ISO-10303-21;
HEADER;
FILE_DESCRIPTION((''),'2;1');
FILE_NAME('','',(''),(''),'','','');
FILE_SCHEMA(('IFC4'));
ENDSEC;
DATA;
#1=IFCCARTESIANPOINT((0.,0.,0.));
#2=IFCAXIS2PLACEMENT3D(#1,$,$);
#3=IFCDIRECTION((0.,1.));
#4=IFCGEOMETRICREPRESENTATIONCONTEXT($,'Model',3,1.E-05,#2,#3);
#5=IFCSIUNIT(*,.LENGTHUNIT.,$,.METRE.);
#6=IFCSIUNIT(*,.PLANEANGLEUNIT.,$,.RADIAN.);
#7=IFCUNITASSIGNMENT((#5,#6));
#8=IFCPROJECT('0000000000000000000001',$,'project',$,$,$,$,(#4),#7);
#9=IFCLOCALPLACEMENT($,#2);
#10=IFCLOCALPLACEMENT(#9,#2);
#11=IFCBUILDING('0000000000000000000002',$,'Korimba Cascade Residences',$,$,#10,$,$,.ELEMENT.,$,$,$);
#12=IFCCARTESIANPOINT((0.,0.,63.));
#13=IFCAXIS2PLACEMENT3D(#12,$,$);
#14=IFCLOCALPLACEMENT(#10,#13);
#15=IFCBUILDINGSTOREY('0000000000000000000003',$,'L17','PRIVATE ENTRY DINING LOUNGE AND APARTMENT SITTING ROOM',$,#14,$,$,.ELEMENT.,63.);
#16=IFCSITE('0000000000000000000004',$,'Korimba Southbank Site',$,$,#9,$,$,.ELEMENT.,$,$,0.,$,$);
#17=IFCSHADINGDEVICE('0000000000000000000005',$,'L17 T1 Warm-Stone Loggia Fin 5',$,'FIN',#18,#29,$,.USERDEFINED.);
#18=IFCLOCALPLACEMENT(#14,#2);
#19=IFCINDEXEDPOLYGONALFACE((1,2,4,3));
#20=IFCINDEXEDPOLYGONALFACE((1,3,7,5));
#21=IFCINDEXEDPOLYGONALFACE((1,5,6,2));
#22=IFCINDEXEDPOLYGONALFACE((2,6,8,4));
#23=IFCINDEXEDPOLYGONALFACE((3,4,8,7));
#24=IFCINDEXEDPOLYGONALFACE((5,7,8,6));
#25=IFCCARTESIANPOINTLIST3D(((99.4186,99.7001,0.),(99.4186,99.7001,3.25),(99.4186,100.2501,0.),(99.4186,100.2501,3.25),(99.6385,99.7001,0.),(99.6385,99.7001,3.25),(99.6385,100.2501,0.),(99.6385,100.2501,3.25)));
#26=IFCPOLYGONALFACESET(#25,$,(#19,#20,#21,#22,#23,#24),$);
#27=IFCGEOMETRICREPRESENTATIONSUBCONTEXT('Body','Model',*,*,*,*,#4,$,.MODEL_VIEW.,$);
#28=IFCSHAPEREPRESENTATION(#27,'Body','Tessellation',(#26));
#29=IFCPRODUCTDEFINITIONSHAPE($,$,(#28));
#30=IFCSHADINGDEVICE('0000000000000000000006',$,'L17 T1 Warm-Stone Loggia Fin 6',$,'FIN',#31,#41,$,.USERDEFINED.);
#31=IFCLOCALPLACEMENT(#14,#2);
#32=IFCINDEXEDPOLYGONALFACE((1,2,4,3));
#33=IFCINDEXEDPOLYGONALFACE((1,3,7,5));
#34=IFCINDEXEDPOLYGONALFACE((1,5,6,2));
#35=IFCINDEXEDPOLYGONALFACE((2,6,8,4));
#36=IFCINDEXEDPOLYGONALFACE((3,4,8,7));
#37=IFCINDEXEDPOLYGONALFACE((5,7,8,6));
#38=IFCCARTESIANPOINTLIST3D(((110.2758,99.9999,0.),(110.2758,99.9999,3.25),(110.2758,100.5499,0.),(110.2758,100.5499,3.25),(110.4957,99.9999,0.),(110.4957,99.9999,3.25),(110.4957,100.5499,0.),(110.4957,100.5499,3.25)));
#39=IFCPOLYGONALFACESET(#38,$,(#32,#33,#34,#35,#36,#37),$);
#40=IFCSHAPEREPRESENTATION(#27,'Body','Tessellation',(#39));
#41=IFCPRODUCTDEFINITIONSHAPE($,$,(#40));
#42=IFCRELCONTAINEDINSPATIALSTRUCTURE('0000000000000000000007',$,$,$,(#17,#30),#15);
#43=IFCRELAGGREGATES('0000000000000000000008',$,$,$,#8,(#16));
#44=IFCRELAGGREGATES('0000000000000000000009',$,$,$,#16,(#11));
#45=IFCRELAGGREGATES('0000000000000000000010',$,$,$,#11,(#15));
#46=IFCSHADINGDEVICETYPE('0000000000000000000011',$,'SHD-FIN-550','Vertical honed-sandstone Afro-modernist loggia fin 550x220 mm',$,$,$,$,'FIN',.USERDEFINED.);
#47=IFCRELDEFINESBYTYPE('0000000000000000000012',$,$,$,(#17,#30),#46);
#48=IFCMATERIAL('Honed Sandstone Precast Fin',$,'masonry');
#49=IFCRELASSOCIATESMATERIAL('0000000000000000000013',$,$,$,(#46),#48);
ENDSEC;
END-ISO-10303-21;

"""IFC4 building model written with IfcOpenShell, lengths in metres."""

from ifc_helpers import new_model, si_unit, direction, frame, origin, origin_2d, place, context, subcontext, project, spatial, rectangle, extrude, material, type_object, element, save


model = new_model("IFC4")

# Units and contexts
model_context = context("Model", 3, precision=1e-05, world=origin(), true_north=direction((0.0, 1.0)))
body_context = subcontext(model_context, "Body", "Model", "MODEL_VIEW")
ifc_project = project(units=[si_unit("LENGTHUNIT", "METRE"), si_unit("PLANEANGLEUNIT", "RADIAN")], contexts=[model_context])

# Site, building, storey
site_placement = place(None, origin())
site = spatial("IfcSite", under=ifc_project, at=site_placement, Name="Korimba Southbank Site", CompositionType="ELEMENT", RefElevation=0.0)
building_placement = place(site_placement, origin())
building = spatial("IfcBuilding", under=site, at=building_placement, Name="Korimba Cascade Residences", CompositionType="ELEMENT")
storey_placement = place(building_placement, frame((0.0, 0.0, 63.0)))
storey = spatial("IfcBuildingStorey", under=building, at=storey_placement, Name="L17", Description="PRIVATE ENTRY DINING LOUNGE AND APARTMENT SITTING ROOM", CompositionType="ELEMENT", Elevation=63.0)

# Shading devices
ifc_material_1 = material(Name="Honed Sandstone Precast Fin", Category="masonry")
shading_device_type = type_object("IfcShadingDeviceType", Name="SHD-FIN-550", Description="Vertical honed-sandstone Afro-modernist loggia fin 550x220 mm", ElementType="FIN", PredefinedType="USERDEFINED", material=ifc_material_1)
for number, where, z_axis, x_axis, name in (
    (1, (99.5286, 99.9751, 0.0), (0.0, 0.0, 1.0), (1.0, 0.0, 0.0), "L17 T1 Warm-Stone Loggia Fin 5"),
    (2, (110.3857, 100.2749, 0.0), (0.0, 0.0, 1.0), (1.0, 0.0, 0.0), "L17 T1 Warm-Stone Loggia Fin 6"),
):
    element("IfcShadingDevice", number, at=place(storey_placement, frame(where, z_axis=z_axis, x_axis=x_axis)), inside=storey, type_object=shading_device_type, Name=name, ObjectType="FIN", PredefinedType="USERDEFINED", context=body_context, shape_type="SweptSolid", body=[
        extrude(rectangle(XDim=0.22, YDim=0.55, at=origin_2d()), origin(), (0.0, 0.0, 1.0), 3.25),
    ])

save(model, "model.ifc")
